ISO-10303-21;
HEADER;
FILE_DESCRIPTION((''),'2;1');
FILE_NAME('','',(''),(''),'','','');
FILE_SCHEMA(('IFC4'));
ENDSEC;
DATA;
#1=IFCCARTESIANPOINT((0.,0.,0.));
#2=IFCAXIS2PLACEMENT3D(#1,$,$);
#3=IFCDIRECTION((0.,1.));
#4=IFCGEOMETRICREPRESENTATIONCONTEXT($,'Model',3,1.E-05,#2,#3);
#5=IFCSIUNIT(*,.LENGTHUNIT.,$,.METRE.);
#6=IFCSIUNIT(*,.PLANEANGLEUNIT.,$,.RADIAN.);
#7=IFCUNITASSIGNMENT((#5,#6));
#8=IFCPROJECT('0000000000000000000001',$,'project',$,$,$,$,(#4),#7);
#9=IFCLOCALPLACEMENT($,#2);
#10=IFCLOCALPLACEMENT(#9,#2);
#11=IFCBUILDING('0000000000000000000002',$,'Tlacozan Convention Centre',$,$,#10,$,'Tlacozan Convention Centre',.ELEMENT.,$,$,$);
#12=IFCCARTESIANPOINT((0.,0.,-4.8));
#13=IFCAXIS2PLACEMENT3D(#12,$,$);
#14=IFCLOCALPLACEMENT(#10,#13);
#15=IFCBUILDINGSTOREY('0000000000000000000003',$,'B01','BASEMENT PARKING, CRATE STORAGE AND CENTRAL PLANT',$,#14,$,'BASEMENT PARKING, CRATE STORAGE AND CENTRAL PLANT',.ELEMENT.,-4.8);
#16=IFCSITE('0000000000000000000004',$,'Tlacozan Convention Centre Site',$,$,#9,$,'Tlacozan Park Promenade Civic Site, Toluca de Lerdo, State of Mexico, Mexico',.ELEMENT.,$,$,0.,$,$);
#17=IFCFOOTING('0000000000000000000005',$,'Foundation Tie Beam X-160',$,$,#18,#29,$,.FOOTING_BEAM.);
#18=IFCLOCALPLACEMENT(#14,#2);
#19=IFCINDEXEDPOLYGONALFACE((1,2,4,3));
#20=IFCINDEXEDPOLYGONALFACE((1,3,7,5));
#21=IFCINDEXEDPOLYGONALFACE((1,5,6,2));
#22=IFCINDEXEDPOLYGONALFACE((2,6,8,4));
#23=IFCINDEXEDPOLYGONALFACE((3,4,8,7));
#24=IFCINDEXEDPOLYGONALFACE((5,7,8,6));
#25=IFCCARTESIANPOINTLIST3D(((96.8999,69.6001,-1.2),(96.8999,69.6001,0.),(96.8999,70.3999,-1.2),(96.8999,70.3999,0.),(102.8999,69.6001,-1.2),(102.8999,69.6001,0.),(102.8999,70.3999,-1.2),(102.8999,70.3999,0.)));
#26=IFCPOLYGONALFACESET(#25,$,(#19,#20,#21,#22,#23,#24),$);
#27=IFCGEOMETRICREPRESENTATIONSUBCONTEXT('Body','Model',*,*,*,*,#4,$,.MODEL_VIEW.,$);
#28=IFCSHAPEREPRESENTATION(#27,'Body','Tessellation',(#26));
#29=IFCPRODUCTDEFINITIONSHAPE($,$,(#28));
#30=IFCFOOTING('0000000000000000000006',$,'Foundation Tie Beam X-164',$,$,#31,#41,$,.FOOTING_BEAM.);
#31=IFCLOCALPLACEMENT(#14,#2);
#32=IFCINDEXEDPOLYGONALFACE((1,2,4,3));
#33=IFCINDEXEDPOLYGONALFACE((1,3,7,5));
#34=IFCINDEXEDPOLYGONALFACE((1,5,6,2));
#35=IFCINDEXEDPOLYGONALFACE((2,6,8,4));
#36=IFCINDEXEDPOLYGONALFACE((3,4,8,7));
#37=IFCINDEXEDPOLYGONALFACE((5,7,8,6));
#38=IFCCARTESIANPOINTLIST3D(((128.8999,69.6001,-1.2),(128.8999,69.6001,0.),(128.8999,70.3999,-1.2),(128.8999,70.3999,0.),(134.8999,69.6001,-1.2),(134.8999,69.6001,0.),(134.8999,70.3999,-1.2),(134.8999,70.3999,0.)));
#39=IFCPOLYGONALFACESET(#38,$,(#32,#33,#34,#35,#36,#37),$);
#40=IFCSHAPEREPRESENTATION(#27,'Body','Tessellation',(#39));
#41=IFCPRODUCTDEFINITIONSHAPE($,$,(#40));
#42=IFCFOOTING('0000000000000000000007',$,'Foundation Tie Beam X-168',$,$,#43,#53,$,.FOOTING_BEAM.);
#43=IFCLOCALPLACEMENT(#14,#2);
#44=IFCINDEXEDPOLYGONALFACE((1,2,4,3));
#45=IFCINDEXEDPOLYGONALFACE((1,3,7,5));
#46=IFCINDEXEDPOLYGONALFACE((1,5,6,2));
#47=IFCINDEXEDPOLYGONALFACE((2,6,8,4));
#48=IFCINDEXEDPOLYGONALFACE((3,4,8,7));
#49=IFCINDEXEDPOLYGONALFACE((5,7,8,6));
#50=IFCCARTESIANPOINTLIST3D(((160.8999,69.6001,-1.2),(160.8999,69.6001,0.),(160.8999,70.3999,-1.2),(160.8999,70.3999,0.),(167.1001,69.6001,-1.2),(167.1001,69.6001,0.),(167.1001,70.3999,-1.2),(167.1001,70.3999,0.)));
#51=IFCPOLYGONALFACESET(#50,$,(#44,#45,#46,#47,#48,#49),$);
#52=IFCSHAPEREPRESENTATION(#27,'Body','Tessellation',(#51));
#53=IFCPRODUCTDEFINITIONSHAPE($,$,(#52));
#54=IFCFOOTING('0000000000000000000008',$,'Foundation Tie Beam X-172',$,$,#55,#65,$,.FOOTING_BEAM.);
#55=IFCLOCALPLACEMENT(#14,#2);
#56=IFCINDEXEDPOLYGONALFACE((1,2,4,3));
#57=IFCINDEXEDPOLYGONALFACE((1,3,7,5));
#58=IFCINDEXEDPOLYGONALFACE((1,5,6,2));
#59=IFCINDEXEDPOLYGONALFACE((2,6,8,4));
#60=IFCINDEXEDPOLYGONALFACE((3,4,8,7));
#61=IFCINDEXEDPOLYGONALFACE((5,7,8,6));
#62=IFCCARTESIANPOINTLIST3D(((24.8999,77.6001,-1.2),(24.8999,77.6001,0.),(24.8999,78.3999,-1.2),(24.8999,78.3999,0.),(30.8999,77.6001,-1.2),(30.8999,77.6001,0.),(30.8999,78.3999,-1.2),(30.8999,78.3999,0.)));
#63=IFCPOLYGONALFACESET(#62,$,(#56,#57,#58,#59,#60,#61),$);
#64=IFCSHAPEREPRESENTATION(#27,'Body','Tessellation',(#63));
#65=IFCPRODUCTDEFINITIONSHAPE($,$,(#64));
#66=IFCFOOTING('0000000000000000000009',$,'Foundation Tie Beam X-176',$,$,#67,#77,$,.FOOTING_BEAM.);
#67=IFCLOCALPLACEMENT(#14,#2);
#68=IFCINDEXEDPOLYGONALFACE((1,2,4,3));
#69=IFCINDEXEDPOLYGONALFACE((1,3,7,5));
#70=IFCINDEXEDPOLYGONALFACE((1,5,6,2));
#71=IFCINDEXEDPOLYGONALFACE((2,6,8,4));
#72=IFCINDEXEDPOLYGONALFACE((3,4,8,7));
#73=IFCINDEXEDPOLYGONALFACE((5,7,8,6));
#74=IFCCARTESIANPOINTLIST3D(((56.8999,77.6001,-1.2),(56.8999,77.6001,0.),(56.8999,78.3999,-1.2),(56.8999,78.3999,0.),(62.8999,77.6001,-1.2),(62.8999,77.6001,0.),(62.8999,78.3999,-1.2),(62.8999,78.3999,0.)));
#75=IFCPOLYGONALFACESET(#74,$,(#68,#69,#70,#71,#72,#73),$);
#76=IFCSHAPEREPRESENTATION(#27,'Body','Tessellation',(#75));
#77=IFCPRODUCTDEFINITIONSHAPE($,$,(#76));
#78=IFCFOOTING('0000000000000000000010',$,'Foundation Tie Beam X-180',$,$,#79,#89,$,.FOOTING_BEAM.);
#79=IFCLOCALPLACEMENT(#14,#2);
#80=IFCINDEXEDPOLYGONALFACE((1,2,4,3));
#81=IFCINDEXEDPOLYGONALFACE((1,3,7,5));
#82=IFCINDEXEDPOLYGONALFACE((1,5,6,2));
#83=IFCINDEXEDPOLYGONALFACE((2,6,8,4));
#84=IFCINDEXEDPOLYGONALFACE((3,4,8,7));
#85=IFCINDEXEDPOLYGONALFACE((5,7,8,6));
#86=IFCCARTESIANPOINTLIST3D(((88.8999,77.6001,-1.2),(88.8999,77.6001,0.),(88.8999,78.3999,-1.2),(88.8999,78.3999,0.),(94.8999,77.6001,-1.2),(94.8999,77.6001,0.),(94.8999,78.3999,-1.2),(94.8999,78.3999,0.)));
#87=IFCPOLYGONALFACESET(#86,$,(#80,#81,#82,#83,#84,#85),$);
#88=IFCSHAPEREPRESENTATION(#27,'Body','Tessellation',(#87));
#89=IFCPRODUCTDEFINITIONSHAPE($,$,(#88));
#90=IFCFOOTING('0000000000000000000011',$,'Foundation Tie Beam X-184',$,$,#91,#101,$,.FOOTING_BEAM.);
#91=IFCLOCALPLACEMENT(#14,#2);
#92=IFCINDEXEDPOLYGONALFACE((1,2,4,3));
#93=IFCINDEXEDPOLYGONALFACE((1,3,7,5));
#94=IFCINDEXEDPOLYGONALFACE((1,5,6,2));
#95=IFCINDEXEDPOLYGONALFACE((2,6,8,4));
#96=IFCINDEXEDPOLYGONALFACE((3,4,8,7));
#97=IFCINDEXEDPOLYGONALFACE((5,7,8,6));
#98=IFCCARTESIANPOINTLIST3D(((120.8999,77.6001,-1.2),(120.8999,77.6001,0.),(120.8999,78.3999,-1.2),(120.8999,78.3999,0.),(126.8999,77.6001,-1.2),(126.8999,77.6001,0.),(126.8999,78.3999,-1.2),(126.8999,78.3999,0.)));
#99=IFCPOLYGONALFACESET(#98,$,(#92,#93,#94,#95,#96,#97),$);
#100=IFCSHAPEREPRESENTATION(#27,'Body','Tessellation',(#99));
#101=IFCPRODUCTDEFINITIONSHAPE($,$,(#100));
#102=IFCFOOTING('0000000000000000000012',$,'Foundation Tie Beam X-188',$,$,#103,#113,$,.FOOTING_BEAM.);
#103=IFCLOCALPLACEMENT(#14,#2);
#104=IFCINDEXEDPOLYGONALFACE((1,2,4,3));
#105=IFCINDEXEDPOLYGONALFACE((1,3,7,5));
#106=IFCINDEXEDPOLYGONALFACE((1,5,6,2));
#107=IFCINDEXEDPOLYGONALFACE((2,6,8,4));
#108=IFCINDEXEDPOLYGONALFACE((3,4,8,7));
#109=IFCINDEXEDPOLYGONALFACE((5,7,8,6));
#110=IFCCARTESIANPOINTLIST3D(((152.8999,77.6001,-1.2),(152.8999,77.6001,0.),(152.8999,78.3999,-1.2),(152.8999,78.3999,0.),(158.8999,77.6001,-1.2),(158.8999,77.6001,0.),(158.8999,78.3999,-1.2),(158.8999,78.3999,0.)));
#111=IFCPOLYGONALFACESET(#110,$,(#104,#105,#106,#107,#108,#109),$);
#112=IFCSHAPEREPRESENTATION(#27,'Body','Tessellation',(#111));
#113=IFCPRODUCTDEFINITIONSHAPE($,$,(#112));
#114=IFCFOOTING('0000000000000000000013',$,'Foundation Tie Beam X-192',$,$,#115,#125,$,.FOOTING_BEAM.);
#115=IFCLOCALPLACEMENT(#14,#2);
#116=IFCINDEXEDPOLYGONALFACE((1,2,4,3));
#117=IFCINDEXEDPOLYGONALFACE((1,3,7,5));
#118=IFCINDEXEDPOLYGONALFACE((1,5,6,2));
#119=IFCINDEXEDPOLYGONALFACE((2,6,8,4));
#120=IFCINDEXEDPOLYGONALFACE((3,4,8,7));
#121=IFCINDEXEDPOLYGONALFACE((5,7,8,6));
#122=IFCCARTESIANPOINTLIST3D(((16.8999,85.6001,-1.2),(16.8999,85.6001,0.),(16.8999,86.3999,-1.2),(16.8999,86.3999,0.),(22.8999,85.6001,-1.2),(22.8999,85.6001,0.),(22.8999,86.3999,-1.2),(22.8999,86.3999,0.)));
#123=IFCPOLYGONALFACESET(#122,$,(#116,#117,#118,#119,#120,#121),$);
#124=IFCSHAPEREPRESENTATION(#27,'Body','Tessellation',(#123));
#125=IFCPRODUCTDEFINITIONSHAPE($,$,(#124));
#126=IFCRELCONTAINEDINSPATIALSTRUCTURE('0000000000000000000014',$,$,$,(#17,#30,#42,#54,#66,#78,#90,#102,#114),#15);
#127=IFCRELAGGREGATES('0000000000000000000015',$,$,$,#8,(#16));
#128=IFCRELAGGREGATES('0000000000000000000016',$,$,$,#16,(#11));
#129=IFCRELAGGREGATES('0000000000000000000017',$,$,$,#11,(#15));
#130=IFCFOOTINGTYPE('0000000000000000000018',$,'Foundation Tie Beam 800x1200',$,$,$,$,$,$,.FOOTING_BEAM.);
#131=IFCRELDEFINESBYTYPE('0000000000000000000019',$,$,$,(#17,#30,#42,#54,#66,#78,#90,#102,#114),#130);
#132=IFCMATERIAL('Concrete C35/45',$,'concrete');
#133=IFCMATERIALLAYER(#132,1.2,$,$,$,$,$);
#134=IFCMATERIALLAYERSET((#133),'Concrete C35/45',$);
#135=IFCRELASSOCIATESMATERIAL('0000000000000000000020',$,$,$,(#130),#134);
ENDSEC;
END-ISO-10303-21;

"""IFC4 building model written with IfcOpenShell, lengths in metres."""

from ifc_helpers import new_model, si_unit, direction, frame, origin, place, context, subcontext, project, spatial, polyline, outline, extrude, material, layer, layer_set, type_object, element, save


model = new_model("IFC4")

# Units and contexts
model_context = context("Model", 3, precision=1e-05, world=origin(), true_north=direction((0.0, 1.0)))
body_context = subcontext(model_context, "Body", "Model", "MODEL_VIEW")
ifc_project = project(units=[si_unit("LENGTHUNIT", "METRE"), si_unit("PLANEANGLEUNIT", "RADIAN")], contexts=[model_context])

# Site, building, storey
site_placement = place(None, origin())
site = spatial("IfcSite", under=ifc_project, at=site_placement, Name="Tlacozan Convention Centre Site", LongName="Tlacozan Park Promenade Civic Site, Toluca de Lerdo, State of Mexico, Mexico", CompositionType="ELEMENT", RefElevation=0.0)
building_placement = place(site_placement, origin())
building = spatial("IfcBuilding", under=site, at=building_placement, Name="Tlacozan Convention Centre", LongName="Tlacozan Convention Centre", CompositionType="ELEMENT")
storey_placement = place(building_placement, frame((0.0, 0.0, -4.8)))
storey = spatial("IfcBuildingStorey", under=building, at=storey_placement, Name="B01", Description="BASEMENT PARKING, CRATE STORAGE AND CENTRAL PLANT", LongName="BASEMENT PARKING, CRATE STORAGE AND CENTRAL PLANT", CompositionType="ELEMENT", Elevation=-4.8)

# Footings
ifc_material = material(Name="Concrete C35/45", Category="concrete")
ifc_layer = layer(ifc_material, 1.2)
ifc_layer_set = layer_set([ifc_layer], Name="Concrete C35/45")
footing_type = type_object("IfcFootingType", Name="Foundation Tie Beam 800x1200", PredefinedType="FOOTING_BEAM", material=ifc_layer_set)
footing_1_placement = place(storey_placement, frame((0.0, 0.0, -1.2)))
element("IfcFooting", 1, at=footing_1_placement, inside=storey, type_object=footing_type, Name="Foundation Tie Beam X-160", PredefinedType="FOOTING_BEAM", context=body_context, shape_type="SweptSolid", body=[
    extrude(outline(polyline([(96.8999, 69.6001), (102.8999, 69.6001), (102.8999, 70.3999), (96.8999, 70.3999), (96.8999, 69.6001)])), origin(), (0.0, 0.0, 1.0), 1.2),
])
footing_2_placement = place(storey_placement, frame((0.0, 0.0, -1.2)))
element("IfcFooting", 2, at=footing_2_placement, inside=storey, type_object=footing_type, Name="Foundation Tie Beam X-164", PredefinedType="FOOTING_BEAM", context=body_context, shape_type="SweptSolid", body=[
    extrude(outline(polyline([(128.8999, 69.6001), (134.8999, 69.6001), (134.8999, 70.3999), (128.8999, 70.3999), (128.8999, 69.6001)])), origin(), (0.0, 0.0, 1.0), 1.2),
])
footing_3_placement = place(storey_placement, frame((0.0, 0.0, -1.2)))
element("IfcFooting", 3, at=footing_3_placement, inside=storey, type_object=footing_type, Name="Foundation Tie Beam X-168", PredefinedType="FOOTING_BEAM", context=body_context, shape_type="SweptSolid", body=[
    extrude(outline(polyline([(160.8999, 69.6001), (167.1001, 69.6001), (167.1001, 70.3999), (160.8999, 70.3999), (160.8999, 69.6001)])), origin(), (0.0, 0.0, 1.0), 1.2),
])
footing_4_placement = place(storey_placement, frame((0.0, 0.0, -1.2)))
element("IfcFooting", 4, at=footing_4_placement, inside=storey, type_object=footing_type, Name="Foundation Tie Beam X-172", PredefinedType="FOOTING_BEAM", context=body_context, shape_type="SweptSolid", body=[
    extrude(outline(polyline([(24.8999, 77.6001), (30.8999, 77.6001), (30.8999, 78.3999), (24.8999, 78.3999), (24.8999, 77.6001)])), origin(), (0.0, 0.0, 1.0), 1.2),
])
footing_5_placement = place(storey_placement, frame((0.0, 0.0, -1.2)))
element("IfcFooting", 5, at=footing_5_placement, inside=storey, type_object=footing_type, Name="Foundation Tie Beam X-176", PredefinedType="FOOTING_BEAM", context=body_context, shape_type="SweptSolid", body=[
    extrude(outline(polyline([(56.8999, 77.6001), (62.8999, 77.6001), (62.8999, 78.3999), (56.8999, 78.3999), (56.8999, 77.6001)])), origin(), (0.0, 0.0, 1.0), 1.2),
])
footing_6_placement = place(storey_placement, frame((0.0, 0.0, -1.2)))
element("IfcFooting", 6, at=footing_6_placement, inside=storey, type_object=footing_type, Name="Foundation Tie Beam X-180", PredefinedType="FOOTING_BEAM", context=body_context, shape_type="SweptSolid", body=[
    extrude(outline(polyline([(88.8999, 77.6001), (94.8999, 77.6001), (94.8999, 78.3999), (88.8999, 78.3999), (88.8999, 77.6001)])), origin(), (0.0, 0.0, 1.0), 1.2),
])
footing_7_placement = place(storey_placement, frame((0.0, 0.0, -1.2)))
element("IfcFooting", 7, at=footing_7_placement, inside=storey, type_object=footing_type, Name="Foundation Tie Beam X-184", PredefinedType="FOOTING_BEAM", context=body_context, shape_type="SweptSolid", body=[
    extrude(outline(polyline([(120.8999, 77.6001), (126.8999, 77.6001), (126.8999, 78.3999), (120.8999, 78.3999), (120.8999, 77.6001)])), origin(), (0.0, 0.0, 1.0), 1.2),
])
footing_8_placement = place(storey_placement, frame((0.0, 0.0, -1.2)))
element("IfcFooting", 8, at=footing_8_placement, inside=storey, type_object=footing_type, Name="Foundation Tie Beam X-188", PredefinedType="FOOTING_BEAM", context=body_context, shape_type="SweptSolid", body=[
    extrude(outline(polyline([(152.8999, 77.6001), (158.8999, 77.6001), (158.8999, 78.3999), (152.8999, 78.3999), (152.8999, 77.6001)])), origin(), (0.0, 0.0, 1.0), 1.2),
])
footing_9_placement = place(storey_placement, frame((0.0, 0.0, -1.2)))
element("IfcFooting", 9, at=footing_9_placement, inside=storey, type_object=footing_type, Name="Foundation Tie Beam X-192", PredefinedType="FOOTING_BEAM", context=body_context, shape_type="SweptSolid", body=[
    extrude(outline(polyline([(16.8999, 85.6001), (22.8999, 85.6001), (22.8999, 86.3999), (16.8999, 86.3999), (16.8999, 85.6001)])), origin(), (0.0, 0.0, 1.0), 1.2),
])

save(model, "model.ifc")
